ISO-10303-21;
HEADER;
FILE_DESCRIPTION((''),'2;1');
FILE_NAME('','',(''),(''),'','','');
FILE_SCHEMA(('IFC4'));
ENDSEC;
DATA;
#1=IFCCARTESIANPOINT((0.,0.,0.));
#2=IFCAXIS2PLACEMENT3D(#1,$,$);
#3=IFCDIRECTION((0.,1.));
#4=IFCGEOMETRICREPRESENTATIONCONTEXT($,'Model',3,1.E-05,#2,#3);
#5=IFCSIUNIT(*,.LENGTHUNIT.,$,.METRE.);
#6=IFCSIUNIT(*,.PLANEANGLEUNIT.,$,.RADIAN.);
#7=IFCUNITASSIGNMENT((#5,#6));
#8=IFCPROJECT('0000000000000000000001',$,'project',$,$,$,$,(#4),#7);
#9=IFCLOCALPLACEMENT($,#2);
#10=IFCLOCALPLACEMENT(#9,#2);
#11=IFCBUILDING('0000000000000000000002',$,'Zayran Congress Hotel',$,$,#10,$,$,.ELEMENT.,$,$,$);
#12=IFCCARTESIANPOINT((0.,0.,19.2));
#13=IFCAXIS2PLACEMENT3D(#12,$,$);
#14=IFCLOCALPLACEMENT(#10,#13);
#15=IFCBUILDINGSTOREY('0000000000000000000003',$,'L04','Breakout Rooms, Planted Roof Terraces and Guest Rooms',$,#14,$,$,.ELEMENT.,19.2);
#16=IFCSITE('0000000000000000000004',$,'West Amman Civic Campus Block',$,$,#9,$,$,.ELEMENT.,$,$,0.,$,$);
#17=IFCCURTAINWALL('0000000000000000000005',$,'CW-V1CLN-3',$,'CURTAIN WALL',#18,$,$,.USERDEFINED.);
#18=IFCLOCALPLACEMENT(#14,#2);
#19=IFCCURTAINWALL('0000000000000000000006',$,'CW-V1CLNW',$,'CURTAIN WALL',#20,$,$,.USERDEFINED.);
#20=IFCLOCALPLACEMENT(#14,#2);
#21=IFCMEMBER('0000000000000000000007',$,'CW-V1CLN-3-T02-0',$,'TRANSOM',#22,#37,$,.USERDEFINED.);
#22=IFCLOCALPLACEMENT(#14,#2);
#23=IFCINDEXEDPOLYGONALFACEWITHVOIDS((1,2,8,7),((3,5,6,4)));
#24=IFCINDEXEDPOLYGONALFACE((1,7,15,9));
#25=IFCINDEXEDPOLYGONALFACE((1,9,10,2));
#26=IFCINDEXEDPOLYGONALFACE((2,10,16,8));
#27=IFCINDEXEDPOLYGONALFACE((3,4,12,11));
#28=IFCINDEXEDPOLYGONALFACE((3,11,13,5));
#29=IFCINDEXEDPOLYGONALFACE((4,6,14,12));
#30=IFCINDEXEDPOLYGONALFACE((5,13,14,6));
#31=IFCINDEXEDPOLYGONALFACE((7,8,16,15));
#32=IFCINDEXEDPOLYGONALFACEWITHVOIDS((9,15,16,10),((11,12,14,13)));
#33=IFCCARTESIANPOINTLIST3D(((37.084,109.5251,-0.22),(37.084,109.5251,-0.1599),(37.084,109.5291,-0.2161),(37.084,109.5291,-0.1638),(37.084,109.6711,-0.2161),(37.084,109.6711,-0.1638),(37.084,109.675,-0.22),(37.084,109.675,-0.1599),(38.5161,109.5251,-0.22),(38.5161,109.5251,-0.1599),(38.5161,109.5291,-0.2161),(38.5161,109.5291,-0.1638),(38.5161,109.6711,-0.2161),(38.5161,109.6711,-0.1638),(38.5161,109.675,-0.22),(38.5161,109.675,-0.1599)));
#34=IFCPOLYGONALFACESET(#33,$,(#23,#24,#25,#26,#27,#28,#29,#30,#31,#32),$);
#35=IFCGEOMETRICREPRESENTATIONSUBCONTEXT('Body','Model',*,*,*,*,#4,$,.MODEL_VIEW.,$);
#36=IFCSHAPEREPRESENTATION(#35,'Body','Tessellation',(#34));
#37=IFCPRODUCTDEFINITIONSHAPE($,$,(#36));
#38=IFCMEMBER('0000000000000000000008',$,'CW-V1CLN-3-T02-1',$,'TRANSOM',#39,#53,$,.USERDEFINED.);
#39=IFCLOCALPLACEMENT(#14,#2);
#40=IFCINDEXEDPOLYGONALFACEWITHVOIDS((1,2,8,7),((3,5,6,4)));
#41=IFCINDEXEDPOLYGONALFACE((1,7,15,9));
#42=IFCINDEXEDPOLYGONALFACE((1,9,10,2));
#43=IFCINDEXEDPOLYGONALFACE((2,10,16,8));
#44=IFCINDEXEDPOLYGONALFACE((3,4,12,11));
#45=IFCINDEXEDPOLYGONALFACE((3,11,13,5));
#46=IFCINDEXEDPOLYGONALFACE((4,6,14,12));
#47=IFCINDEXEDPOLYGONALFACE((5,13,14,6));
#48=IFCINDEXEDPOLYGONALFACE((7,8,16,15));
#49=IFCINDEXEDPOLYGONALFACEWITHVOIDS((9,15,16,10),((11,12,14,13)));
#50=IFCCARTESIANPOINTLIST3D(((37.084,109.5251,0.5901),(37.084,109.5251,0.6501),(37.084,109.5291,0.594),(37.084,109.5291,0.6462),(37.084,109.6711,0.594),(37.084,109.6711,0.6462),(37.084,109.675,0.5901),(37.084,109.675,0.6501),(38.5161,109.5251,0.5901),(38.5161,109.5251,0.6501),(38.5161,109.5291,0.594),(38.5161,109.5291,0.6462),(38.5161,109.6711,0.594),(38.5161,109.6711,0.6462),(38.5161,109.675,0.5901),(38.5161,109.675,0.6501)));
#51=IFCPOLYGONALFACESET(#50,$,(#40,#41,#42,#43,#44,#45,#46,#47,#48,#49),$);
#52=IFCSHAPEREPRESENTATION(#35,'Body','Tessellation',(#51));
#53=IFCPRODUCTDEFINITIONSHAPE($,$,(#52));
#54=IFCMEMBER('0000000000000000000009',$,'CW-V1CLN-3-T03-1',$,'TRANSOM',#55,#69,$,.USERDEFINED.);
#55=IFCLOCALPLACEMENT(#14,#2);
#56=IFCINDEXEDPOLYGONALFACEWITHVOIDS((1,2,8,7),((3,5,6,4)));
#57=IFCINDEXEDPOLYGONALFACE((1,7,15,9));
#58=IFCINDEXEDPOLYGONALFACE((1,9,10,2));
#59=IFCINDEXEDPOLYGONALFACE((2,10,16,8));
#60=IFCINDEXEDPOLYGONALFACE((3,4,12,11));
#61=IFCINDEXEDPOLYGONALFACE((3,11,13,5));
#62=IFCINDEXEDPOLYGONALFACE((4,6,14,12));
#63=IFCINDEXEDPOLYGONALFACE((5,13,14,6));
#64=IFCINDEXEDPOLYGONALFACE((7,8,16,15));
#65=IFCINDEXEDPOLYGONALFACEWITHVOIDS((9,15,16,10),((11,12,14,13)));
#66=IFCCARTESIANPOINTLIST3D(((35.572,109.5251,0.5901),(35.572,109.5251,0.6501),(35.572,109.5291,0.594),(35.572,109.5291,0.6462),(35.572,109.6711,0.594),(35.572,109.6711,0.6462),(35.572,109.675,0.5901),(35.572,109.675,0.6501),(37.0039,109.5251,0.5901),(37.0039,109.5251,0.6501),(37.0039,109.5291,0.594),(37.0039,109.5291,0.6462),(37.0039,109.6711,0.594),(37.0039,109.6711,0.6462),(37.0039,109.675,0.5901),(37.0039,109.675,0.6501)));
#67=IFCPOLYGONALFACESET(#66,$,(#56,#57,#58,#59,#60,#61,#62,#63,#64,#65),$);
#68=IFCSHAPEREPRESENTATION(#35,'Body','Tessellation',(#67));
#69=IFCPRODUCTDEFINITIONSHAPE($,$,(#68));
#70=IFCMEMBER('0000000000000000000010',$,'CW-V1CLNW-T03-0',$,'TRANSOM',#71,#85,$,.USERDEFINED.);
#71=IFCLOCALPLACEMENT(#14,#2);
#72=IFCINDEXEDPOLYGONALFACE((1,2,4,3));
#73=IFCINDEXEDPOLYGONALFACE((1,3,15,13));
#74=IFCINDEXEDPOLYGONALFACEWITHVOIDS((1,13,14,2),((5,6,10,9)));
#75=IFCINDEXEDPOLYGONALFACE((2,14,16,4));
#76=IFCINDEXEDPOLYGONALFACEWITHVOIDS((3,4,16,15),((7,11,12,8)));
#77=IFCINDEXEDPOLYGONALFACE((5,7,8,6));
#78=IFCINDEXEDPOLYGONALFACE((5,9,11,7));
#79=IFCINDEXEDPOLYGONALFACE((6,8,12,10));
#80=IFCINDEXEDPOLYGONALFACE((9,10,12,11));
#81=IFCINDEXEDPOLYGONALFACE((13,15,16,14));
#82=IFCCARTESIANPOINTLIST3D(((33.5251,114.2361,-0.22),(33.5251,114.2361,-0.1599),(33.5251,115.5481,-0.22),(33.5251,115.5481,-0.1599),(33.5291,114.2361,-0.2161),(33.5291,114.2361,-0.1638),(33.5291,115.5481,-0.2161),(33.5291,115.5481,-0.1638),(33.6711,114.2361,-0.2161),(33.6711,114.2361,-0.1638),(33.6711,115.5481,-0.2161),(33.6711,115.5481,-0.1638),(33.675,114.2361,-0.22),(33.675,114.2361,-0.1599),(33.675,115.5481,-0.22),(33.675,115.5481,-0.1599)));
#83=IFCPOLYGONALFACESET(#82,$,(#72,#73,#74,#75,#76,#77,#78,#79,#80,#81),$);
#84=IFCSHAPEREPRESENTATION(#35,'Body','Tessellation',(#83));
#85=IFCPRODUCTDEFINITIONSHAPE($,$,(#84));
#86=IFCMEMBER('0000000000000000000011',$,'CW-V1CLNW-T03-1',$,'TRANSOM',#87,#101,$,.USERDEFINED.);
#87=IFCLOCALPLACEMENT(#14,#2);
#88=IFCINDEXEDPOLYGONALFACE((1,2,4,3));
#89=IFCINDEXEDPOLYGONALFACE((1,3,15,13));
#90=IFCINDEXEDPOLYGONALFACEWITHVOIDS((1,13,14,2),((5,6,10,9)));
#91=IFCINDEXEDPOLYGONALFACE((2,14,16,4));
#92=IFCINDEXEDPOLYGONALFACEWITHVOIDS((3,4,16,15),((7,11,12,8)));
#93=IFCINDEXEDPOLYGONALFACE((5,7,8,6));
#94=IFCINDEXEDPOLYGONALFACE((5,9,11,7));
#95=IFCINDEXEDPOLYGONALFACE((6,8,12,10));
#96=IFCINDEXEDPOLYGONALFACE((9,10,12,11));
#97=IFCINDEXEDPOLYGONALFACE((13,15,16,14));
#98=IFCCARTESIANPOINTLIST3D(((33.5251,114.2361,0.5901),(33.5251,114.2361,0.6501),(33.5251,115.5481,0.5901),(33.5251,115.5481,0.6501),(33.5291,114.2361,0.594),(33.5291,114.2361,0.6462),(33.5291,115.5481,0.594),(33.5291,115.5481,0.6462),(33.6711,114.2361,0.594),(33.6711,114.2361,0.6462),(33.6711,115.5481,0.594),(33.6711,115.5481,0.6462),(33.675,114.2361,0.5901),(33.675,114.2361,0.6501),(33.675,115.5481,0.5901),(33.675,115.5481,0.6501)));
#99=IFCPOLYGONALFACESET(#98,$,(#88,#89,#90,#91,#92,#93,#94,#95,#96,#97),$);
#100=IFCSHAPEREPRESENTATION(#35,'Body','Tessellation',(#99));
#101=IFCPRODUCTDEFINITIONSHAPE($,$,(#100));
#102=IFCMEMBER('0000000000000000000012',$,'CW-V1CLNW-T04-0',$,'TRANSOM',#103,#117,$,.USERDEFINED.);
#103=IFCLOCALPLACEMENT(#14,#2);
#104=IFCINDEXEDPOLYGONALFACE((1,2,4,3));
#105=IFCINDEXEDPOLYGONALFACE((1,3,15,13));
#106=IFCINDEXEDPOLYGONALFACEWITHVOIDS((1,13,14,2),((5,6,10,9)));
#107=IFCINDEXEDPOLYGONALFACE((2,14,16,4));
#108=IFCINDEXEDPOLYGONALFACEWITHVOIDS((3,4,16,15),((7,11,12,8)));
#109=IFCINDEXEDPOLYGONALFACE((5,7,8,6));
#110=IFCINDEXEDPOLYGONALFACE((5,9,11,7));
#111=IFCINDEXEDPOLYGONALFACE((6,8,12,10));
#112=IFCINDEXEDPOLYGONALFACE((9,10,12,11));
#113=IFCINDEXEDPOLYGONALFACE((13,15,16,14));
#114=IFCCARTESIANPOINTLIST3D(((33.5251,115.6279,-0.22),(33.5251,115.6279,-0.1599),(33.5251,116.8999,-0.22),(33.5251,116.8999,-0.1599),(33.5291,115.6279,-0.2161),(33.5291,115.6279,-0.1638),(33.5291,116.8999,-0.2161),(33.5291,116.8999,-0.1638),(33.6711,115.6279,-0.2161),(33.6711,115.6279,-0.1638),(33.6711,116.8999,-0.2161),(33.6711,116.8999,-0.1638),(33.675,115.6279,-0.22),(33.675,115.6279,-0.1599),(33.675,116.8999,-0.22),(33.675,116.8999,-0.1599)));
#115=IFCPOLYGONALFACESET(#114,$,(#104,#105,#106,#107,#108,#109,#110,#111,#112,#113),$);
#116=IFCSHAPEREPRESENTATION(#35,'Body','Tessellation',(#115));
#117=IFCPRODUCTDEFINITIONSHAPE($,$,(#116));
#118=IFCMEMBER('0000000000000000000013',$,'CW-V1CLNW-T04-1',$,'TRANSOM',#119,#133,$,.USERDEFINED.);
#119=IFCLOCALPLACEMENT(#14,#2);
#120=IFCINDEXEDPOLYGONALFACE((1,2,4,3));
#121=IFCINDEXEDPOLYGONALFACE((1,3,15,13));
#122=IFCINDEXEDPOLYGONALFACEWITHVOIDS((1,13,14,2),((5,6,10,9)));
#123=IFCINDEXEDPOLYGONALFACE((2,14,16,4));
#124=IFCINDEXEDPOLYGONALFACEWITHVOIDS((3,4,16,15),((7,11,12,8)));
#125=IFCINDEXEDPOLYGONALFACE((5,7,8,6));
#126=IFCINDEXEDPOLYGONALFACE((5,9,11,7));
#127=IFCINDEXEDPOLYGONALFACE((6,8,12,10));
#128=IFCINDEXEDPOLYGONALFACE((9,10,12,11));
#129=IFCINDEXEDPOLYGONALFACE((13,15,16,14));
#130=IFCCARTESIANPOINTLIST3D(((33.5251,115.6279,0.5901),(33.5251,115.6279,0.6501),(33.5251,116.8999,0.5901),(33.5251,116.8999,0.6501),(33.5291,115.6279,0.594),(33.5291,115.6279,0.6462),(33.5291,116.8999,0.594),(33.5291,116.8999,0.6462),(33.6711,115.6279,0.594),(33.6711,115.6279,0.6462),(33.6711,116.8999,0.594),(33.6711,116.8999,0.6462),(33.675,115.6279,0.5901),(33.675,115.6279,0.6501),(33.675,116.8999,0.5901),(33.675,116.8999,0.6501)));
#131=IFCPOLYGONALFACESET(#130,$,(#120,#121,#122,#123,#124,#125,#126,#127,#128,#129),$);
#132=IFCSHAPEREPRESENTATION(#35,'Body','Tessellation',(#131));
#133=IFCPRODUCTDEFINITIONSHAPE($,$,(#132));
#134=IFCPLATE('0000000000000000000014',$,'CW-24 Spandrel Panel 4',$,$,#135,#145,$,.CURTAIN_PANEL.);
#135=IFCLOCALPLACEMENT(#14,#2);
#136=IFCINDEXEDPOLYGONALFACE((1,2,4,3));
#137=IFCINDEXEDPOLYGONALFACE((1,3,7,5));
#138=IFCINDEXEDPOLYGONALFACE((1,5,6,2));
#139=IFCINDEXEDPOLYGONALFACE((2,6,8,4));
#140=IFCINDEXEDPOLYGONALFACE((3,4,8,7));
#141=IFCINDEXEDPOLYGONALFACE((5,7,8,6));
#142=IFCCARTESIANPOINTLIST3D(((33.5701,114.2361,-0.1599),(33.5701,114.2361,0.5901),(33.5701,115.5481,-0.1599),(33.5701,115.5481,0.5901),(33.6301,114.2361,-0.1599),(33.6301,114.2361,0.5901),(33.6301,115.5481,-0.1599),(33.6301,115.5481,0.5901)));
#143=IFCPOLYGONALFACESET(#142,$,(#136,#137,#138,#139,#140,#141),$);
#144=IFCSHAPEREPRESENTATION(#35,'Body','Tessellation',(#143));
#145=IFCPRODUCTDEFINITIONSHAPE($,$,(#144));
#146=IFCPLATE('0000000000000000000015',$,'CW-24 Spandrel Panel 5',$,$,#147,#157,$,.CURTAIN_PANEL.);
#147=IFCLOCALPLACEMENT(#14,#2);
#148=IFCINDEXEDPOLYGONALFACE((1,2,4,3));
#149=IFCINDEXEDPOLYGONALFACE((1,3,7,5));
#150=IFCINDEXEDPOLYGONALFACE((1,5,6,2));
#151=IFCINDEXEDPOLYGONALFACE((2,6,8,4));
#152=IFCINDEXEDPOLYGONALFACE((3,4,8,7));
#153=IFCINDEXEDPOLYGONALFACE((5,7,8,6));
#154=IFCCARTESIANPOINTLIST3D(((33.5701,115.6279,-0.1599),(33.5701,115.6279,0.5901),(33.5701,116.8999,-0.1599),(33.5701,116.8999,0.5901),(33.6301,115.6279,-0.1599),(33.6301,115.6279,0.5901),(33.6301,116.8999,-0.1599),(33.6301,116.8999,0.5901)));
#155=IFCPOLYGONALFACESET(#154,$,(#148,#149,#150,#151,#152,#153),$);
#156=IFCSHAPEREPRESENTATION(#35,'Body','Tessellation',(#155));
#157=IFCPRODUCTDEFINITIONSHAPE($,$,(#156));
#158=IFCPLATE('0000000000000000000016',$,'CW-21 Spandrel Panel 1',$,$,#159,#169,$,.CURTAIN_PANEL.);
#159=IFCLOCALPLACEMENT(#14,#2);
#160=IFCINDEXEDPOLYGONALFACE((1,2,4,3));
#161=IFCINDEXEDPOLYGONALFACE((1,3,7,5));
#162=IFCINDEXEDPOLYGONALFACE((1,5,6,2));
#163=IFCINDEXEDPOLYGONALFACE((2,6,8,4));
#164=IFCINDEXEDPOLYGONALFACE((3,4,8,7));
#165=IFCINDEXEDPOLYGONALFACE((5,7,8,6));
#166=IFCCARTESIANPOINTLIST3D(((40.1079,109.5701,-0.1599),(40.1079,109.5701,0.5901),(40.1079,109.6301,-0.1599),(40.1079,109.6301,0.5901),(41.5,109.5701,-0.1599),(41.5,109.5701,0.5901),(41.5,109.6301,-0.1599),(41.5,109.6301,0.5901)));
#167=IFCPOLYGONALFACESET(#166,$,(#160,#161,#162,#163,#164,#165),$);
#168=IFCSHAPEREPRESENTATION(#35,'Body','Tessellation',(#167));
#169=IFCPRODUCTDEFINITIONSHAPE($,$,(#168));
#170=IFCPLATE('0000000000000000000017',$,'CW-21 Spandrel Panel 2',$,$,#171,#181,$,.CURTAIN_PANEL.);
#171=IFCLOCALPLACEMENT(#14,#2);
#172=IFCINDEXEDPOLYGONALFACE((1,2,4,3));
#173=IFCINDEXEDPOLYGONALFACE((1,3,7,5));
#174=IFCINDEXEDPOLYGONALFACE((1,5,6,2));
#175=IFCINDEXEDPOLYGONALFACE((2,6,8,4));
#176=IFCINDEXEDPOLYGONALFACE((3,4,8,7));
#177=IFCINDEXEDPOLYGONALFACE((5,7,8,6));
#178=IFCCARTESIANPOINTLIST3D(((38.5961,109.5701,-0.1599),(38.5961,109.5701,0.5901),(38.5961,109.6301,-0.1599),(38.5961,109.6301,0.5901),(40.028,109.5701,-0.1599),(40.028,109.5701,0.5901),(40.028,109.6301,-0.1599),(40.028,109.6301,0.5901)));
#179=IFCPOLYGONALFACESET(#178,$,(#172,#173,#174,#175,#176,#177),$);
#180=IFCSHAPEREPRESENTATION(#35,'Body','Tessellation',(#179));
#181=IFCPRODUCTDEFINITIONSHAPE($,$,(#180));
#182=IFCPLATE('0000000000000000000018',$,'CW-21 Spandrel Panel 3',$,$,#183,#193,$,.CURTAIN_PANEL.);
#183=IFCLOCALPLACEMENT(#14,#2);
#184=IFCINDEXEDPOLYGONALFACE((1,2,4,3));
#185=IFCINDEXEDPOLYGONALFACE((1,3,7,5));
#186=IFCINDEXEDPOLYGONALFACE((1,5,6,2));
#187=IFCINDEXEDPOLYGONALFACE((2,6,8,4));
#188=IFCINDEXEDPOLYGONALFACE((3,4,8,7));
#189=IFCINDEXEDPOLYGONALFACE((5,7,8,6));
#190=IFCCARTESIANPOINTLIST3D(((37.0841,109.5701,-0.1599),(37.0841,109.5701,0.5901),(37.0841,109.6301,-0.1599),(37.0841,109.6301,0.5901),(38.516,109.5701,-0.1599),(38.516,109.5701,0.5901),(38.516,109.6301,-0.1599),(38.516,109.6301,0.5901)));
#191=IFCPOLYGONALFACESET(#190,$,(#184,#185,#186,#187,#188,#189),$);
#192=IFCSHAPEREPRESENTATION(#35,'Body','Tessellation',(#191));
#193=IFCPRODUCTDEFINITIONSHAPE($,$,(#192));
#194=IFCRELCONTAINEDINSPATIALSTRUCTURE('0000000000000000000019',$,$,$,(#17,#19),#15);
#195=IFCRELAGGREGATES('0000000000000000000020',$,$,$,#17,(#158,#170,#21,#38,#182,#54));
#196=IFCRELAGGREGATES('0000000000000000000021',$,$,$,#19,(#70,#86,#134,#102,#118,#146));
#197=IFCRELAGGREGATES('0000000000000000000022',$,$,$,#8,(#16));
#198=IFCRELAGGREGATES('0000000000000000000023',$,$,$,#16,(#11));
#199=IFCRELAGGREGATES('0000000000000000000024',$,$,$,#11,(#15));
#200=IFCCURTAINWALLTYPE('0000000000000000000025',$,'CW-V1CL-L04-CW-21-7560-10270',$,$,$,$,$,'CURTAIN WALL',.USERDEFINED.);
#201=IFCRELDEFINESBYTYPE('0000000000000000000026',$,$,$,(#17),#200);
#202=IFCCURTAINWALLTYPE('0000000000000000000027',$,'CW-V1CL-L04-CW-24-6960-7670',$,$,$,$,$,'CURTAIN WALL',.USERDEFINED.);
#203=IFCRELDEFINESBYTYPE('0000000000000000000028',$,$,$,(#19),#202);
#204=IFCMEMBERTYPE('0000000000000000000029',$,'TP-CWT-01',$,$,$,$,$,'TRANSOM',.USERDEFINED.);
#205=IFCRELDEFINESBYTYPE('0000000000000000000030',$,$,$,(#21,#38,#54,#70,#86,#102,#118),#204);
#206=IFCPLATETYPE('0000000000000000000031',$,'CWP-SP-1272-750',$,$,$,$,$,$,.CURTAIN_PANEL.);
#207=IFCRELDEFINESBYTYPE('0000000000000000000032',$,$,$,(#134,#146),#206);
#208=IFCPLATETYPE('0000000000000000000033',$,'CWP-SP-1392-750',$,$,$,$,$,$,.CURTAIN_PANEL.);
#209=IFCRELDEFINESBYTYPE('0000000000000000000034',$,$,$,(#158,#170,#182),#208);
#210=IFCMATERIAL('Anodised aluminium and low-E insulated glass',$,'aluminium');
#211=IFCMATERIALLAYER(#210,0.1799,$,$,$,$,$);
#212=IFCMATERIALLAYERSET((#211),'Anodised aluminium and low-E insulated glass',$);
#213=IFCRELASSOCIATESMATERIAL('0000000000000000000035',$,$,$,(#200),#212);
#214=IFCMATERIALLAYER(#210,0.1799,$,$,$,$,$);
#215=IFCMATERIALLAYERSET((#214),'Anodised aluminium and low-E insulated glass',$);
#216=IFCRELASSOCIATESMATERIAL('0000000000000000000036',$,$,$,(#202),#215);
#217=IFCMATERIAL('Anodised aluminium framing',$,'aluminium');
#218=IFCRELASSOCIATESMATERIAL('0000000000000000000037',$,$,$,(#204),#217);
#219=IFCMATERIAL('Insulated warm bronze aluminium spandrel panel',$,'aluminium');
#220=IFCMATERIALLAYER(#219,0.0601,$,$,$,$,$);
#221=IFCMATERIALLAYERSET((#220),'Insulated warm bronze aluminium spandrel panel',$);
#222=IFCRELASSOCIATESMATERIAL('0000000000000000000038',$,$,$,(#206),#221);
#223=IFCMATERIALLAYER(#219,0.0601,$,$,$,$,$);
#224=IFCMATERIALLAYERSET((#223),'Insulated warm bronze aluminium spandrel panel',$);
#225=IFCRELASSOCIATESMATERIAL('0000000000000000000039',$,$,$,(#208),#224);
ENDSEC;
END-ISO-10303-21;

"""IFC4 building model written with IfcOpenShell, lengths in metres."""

from ifc_helpers import new_model, si_unit, direction, frame, origin, origin_2d, place, context, subcontext, project, spatial, rectangle, hollow_rectangle, extrude, material, layer, layer_set, material_profile, profile_set, type_object, element, aggregate, save


model = new_model("IFC4")

# Units and contexts
model_context = context("Model", 3, precision=1e-05, world=origin(), true_north=direction((0.0, 1.0)))
body_context = subcontext(model_context, "Body", "Model", "MODEL_VIEW")
ifc_project = project(units=[si_unit("LENGTHUNIT", "METRE"), si_unit("PLANEANGLEUNIT", "RADIAN")], contexts=[model_context])

# Site, building, storey
site_placement = place(None, origin())
site = spatial("IfcSite", under=ifc_project, at=site_placement, Name="West Amman Civic Campus Block", CompositionType="ELEMENT", RefElevation=0.0)
building_placement = place(site_placement, origin())
building = spatial("IfcBuilding", under=site, at=building_placement, Name="Zayran Congress Hotel", CompositionType="ELEMENT")
storey_placement = place(building_placement, frame((0.0, 0.0, 19.2)))
storey = spatial("IfcBuildingStorey", under=building, at=storey_placement, Name="L04", Description="Breakout Rooms, Planted Roof Terraces and Guest Rooms", CompositionType="ELEMENT", Elevation=19.2)

# Curtain walls
ifc_material_1 = material(Name="Anodised aluminium and low-E insulated glass", Category="aluminium")
ifc_layer_1 = layer(ifc_material_1, 0.1799)
ifc_layer_set_1 = layer_set([ifc_layer_1], Name="Anodised aluminium and low-E insulated glass")
curtain_wall_type_1 = type_object("IfcCurtainWallType", Name="CW-V1CL-L04-CW-21-7560-10270", ElementType="CURTAIN WALL", PredefinedType="USERDEFINED", material=ifc_layer_set_1)
curtain_wall_1_placement = place(storey_placement, origin())
curtain_wall_1 = element("IfcCurtainWall", 1, at=curtain_wall_1_placement, inside=storey, type_object=curtain_wall_type_1, Name="CW-V1CLN-3", ObjectType="CURTAIN WALL", PredefinedType="USERDEFINED")
ifc_material_2 = material(Name="Anodised aluminium framing", Category="aluminium")
ifc_layer_2 = layer(ifc_material_1, 0.1799)
ifc_layer_set_2 = layer_set([ifc_layer_2], Name="Anodised aluminium and low-E insulated glass")
curtain_wall_type_2 = type_object("IfcCurtainWallType", Name="CW-V1CL-L04-CW-24-6960-7670", ElementType="CURTAIN WALL", PredefinedType="USERDEFINED", material=ifc_layer_set_2)
curtain_wall_2_placement = place(storey_placement, origin())
curtain_wall_2 = element("IfcCurtainWall", 2, at=curtain_wall_2_placement, inside=storey, type_object=curtain_wall_type_2, Name="CW-V1CLNW", ObjectType="CURTAIN WALL", PredefinedType="USERDEFINED")

# Members
ifc_material_profile_1 = material_profile(ifc_material_2, hollow_rectangle(XDim=0.0601, YDim=0.1499, WallThickness=0.0039, at=origin_2d()), Name="RHS 150x60x4")
ifc_profile_set_1 = profile_set([ifc_material_profile_1], Name="Anodised aluminium framing")
member_type_1 = type_object("IfcMemberType", Name="TP-CWT-01", ElementType="TRANSOM", PredefinedType="USERDEFINED", material=ifc_profile_set_1)
member_1_placement = place(storey_placement, frame((38.5161, 109.6001, -0.1899), z_axis=(-1.0, 0.0, 0.0), x_axis=(0.0, 0.0, 1.0)))
member_1 = element("IfcMember", 3, at=member_1_placement, type_object=member_type_1, Name="CW-V1CLN-3-T02-0", ObjectType="TRANSOM", PredefinedType="USERDEFINED", context=body_context, shape_type="SweptSolid", body=[
    extrude(hollow_rectangle(XDim=0.0601, YDim=0.1499, WallThickness=0.0039, at=origin_2d()), origin(), (0.0, 0.0, 1.0), 1.4321),
])
member_2_placement = place(storey_placement, frame((38.5161, 109.6001, 0.6201), z_axis=(-1.0, 0.0, 0.0), x_axis=(0.0, 0.0, 1.0)))
member_2 = element("IfcMember", 4, at=member_2_placement, type_object=member_type_1, Name="CW-V1CLN-3-T02-1", ObjectType="TRANSOM", PredefinedType="USERDEFINED", context=body_context, shape_type="SweptSolid", body=[
    extrude(hollow_rectangle(XDim=0.0601, YDim=0.1499, WallThickness=0.0039, at=origin_2d()), origin(), (0.0, 0.0, 1.0), 1.4321),
])
member_3_placement = place(storey_placement, frame((37.0039, 109.6001, 0.6201), z_axis=(-1.0, 0.0, 0.0), x_axis=(0.0, 0.0, 1.0)))
member_3 = element("IfcMember", 5, at=member_3_placement, type_object=member_type_1, Name="CW-V1CLN-3-T03-1", ObjectType="TRANSOM", PredefinedType="USERDEFINED", context=body_context, shape_type="SweptSolid", body=[
    extrude(hollow_rectangle(XDim=0.0601, YDim=0.1499, WallThickness=0.0039, at=origin_2d()), origin(), (0.0, 0.0, 1.0), 1.4319),
])
member_4_placement = place(storey_placement, frame((33.6001, 114.2361, -0.1899), z_axis=(0.0, 1.0, 0.0), x_axis=(0.0, 0.0, 1.0)))
member_4 = element("IfcMember", 6, at=member_4_placement, type_object=member_type_1, Name="CW-V1CLNW-T03-0", ObjectType="TRANSOM", PredefinedType="USERDEFINED", context=body_context, shape_type="SweptSolid", body=[
    extrude(hollow_rectangle(XDim=0.0601, YDim=0.1499, WallThickness=0.0039, at=origin_2d()), origin(), (0.0, 0.0, 1.0), 1.312),
])
member_5_placement = place(storey_placement, frame((33.6001, 114.2361, 0.6201), z_axis=(0.0, 1.0, 0.0), x_axis=(0.0, 0.0, 1.0)))
member_5 = element("IfcMember", 7, at=member_5_placement, type_object=member_type_1, Name="CW-V1CLNW-T03-1", ObjectType="TRANSOM", PredefinedType="USERDEFINED", context=body_context, shape_type="SweptSolid", body=[
    extrude(hollow_rectangle(XDim=0.0601, YDim=0.1499, WallThickness=0.0039, at=origin_2d()), origin(), (0.0, 0.0, 1.0), 1.312),
])
member_6_placement = place(storey_placement, frame((33.6001, 115.6279, -0.1899), z_axis=(0.0, 1.0, 0.0), x_axis=(0.0, 0.0, 1.0)))
member_6 = element("IfcMember", 8, at=member_6_placement, type_object=member_type_1, Name="CW-V1CLNW-T04-0", ObjectType="TRANSOM", PredefinedType="USERDEFINED", context=body_context, shape_type="SweptSolid", body=[
    extrude(hollow_rectangle(XDim=0.0601, YDim=0.1499, WallThickness=0.0039, at=origin_2d()), origin(), (0.0, 0.0, 1.0), 1.272),
])
member_7_placement = place(storey_placement, frame((33.6001, 115.6279, 0.6201), z_axis=(0.0, 1.0, 0.0), x_axis=(0.0, 0.0, 1.0)))
member_7 = element("IfcMember", 9, at=member_7_placement, type_object=member_type_1, Name="CW-V1CLNW-T04-1", ObjectType="TRANSOM", PredefinedType="USERDEFINED", context=body_context, shape_type="SweptSolid", body=[
    extrude(hollow_rectangle(XDim=0.0601, YDim=0.1499, WallThickness=0.0039, at=origin_2d()), origin(), (0.0, 0.0, 1.0), 1.272),
])

# Plates
ifc_material_3 = material(Name="Insulated warm bronze aluminium spandrel panel", Category="aluminium")
ifc_layer_3 = layer(ifc_material_3, 0.0601)
ifc_layer_set_3 = layer_set([ifc_layer_3], Name="Insulated warm bronze aluminium spandrel panel")
plate_type_1 = type_object("IfcPlateType", Name="CWP-SP-1272-750", PredefinedType="CURTAIN_PANEL", material=ifc_layer_set_3)
plate_1_placement = place(storey_placement, frame((33.6001, 114.8921, -0.1599), z_axis=(0.0, 0.0, 1.0), x_axis=(0.0, 1.0, 0.0)))
plate_1 = element("IfcPlate", 10, at=plate_1_placement, type_object=plate_type_1, Name="CW-24 Spandrel Panel 4", PredefinedType="CURTAIN_PANEL", context=body_context, shape_type="SweptSolid", body=[
    extrude(rectangle(XDim=1.312, YDim=0.0601, at=origin_2d()), origin(), (0.0, 0.0, 1.0), 0.75),
])
plate_2_placement = place(storey_placement, frame((33.6001, 116.2639, -0.1599), z_axis=(0.0, 0.0, 1.0), x_axis=(0.0, 1.0, 0.0)))
plate_2 = element("IfcPlate", 11, at=plate_2_placement, type_object=plate_type_1, Name="CW-24 Spandrel Panel 5", PredefinedType="CURTAIN_PANEL", context=body_context, shape_type="SweptSolid", body=[
    extrude(rectangle(XDim=1.272, YDim=0.0601, at=origin_2d()), origin(), (0.0, 0.0, 1.0), 0.75),
])
ifc_layer_4 = layer(ifc_material_3, 0.0601)
ifc_layer_set_4 = layer_set([ifc_layer_4], Name="Insulated warm bronze aluminium spandrel panel")
plate_type_2 = type_object("IfcPlateType", Name="CWP-SP-1392-750", PredefinedType="CURTAIN_PANEL", material=ifc_layer_set_4)
plate_3_placement = place(storey_placement, frame((40.804, 109.6001, -0.1599), z_axis=(0.0, 0.0, 1.0), x_axis=(1.0, 0.0, 0.0)))
plate_3 = element("IfcPlate", 12, at=plate_3_placement, type_object=plate_type_2, Name="CW-21 Spandrel Panel 1", PredefinedType="CURTAIN_PANEL", context=body_context, shape_type="SweptSolid", body=[
    extrude(rectangle(XDim=1.3921, YDim=0.0601, at=origin_2d()), origin(), (0.0, 0.0, 1.0), 0.75),
])
plate_4_placement = place(storey_placement, frame((39.312, 109.6001, -0.1599), z_axis=(0.0, 0.0, 1.0), x_axis=(1.0, 0.0, 0.0)))
plate_4 = element("IfcPlate", 13, at=plate_4_placement, type_object=plate_type_2, Name="CW-21 Spandrel Panel 2", PredefinedType="CURTAIN_PANEL", context=body_context, shape_type="SweptSolid", body=[
    extrude(rectangle(XDim=1.4319, YDim=0.0601, at=origin_2d()), origin(), (0.0, 0.0, 1.0), 0.75),
])
plate_5_placement = place(storey_placement, frame((37.8, 109.6001, -0.1599), z_axis=(0.0, 0.0, 1.0), x_axis=(1.0, 0.0, 0.0)))
plate_5 = element("IfcPlate", 14, at=plate_5_placement, type_object=plate_type_2, Name="CW-21 Spandrel Panel 3", PredefinedType="CURTAIN_PANEL", context=body_context, shape_type="SweptSolid", body=[
    extrude(rectangle(XDim=1.4319, YDim=0.0601, at=origin_2d()), origin(), (0.0, 0.0, 1.0), 0.75),
])
aggregate(curtain_wall_1, [plate_3, plate_4, member_1, member_2, plate_5, member_3])
aggregate(curtain_wall_2, [member_4, member_5, plate_1, member_6, member_7, plate_2])

save(model, "model.ifc")
